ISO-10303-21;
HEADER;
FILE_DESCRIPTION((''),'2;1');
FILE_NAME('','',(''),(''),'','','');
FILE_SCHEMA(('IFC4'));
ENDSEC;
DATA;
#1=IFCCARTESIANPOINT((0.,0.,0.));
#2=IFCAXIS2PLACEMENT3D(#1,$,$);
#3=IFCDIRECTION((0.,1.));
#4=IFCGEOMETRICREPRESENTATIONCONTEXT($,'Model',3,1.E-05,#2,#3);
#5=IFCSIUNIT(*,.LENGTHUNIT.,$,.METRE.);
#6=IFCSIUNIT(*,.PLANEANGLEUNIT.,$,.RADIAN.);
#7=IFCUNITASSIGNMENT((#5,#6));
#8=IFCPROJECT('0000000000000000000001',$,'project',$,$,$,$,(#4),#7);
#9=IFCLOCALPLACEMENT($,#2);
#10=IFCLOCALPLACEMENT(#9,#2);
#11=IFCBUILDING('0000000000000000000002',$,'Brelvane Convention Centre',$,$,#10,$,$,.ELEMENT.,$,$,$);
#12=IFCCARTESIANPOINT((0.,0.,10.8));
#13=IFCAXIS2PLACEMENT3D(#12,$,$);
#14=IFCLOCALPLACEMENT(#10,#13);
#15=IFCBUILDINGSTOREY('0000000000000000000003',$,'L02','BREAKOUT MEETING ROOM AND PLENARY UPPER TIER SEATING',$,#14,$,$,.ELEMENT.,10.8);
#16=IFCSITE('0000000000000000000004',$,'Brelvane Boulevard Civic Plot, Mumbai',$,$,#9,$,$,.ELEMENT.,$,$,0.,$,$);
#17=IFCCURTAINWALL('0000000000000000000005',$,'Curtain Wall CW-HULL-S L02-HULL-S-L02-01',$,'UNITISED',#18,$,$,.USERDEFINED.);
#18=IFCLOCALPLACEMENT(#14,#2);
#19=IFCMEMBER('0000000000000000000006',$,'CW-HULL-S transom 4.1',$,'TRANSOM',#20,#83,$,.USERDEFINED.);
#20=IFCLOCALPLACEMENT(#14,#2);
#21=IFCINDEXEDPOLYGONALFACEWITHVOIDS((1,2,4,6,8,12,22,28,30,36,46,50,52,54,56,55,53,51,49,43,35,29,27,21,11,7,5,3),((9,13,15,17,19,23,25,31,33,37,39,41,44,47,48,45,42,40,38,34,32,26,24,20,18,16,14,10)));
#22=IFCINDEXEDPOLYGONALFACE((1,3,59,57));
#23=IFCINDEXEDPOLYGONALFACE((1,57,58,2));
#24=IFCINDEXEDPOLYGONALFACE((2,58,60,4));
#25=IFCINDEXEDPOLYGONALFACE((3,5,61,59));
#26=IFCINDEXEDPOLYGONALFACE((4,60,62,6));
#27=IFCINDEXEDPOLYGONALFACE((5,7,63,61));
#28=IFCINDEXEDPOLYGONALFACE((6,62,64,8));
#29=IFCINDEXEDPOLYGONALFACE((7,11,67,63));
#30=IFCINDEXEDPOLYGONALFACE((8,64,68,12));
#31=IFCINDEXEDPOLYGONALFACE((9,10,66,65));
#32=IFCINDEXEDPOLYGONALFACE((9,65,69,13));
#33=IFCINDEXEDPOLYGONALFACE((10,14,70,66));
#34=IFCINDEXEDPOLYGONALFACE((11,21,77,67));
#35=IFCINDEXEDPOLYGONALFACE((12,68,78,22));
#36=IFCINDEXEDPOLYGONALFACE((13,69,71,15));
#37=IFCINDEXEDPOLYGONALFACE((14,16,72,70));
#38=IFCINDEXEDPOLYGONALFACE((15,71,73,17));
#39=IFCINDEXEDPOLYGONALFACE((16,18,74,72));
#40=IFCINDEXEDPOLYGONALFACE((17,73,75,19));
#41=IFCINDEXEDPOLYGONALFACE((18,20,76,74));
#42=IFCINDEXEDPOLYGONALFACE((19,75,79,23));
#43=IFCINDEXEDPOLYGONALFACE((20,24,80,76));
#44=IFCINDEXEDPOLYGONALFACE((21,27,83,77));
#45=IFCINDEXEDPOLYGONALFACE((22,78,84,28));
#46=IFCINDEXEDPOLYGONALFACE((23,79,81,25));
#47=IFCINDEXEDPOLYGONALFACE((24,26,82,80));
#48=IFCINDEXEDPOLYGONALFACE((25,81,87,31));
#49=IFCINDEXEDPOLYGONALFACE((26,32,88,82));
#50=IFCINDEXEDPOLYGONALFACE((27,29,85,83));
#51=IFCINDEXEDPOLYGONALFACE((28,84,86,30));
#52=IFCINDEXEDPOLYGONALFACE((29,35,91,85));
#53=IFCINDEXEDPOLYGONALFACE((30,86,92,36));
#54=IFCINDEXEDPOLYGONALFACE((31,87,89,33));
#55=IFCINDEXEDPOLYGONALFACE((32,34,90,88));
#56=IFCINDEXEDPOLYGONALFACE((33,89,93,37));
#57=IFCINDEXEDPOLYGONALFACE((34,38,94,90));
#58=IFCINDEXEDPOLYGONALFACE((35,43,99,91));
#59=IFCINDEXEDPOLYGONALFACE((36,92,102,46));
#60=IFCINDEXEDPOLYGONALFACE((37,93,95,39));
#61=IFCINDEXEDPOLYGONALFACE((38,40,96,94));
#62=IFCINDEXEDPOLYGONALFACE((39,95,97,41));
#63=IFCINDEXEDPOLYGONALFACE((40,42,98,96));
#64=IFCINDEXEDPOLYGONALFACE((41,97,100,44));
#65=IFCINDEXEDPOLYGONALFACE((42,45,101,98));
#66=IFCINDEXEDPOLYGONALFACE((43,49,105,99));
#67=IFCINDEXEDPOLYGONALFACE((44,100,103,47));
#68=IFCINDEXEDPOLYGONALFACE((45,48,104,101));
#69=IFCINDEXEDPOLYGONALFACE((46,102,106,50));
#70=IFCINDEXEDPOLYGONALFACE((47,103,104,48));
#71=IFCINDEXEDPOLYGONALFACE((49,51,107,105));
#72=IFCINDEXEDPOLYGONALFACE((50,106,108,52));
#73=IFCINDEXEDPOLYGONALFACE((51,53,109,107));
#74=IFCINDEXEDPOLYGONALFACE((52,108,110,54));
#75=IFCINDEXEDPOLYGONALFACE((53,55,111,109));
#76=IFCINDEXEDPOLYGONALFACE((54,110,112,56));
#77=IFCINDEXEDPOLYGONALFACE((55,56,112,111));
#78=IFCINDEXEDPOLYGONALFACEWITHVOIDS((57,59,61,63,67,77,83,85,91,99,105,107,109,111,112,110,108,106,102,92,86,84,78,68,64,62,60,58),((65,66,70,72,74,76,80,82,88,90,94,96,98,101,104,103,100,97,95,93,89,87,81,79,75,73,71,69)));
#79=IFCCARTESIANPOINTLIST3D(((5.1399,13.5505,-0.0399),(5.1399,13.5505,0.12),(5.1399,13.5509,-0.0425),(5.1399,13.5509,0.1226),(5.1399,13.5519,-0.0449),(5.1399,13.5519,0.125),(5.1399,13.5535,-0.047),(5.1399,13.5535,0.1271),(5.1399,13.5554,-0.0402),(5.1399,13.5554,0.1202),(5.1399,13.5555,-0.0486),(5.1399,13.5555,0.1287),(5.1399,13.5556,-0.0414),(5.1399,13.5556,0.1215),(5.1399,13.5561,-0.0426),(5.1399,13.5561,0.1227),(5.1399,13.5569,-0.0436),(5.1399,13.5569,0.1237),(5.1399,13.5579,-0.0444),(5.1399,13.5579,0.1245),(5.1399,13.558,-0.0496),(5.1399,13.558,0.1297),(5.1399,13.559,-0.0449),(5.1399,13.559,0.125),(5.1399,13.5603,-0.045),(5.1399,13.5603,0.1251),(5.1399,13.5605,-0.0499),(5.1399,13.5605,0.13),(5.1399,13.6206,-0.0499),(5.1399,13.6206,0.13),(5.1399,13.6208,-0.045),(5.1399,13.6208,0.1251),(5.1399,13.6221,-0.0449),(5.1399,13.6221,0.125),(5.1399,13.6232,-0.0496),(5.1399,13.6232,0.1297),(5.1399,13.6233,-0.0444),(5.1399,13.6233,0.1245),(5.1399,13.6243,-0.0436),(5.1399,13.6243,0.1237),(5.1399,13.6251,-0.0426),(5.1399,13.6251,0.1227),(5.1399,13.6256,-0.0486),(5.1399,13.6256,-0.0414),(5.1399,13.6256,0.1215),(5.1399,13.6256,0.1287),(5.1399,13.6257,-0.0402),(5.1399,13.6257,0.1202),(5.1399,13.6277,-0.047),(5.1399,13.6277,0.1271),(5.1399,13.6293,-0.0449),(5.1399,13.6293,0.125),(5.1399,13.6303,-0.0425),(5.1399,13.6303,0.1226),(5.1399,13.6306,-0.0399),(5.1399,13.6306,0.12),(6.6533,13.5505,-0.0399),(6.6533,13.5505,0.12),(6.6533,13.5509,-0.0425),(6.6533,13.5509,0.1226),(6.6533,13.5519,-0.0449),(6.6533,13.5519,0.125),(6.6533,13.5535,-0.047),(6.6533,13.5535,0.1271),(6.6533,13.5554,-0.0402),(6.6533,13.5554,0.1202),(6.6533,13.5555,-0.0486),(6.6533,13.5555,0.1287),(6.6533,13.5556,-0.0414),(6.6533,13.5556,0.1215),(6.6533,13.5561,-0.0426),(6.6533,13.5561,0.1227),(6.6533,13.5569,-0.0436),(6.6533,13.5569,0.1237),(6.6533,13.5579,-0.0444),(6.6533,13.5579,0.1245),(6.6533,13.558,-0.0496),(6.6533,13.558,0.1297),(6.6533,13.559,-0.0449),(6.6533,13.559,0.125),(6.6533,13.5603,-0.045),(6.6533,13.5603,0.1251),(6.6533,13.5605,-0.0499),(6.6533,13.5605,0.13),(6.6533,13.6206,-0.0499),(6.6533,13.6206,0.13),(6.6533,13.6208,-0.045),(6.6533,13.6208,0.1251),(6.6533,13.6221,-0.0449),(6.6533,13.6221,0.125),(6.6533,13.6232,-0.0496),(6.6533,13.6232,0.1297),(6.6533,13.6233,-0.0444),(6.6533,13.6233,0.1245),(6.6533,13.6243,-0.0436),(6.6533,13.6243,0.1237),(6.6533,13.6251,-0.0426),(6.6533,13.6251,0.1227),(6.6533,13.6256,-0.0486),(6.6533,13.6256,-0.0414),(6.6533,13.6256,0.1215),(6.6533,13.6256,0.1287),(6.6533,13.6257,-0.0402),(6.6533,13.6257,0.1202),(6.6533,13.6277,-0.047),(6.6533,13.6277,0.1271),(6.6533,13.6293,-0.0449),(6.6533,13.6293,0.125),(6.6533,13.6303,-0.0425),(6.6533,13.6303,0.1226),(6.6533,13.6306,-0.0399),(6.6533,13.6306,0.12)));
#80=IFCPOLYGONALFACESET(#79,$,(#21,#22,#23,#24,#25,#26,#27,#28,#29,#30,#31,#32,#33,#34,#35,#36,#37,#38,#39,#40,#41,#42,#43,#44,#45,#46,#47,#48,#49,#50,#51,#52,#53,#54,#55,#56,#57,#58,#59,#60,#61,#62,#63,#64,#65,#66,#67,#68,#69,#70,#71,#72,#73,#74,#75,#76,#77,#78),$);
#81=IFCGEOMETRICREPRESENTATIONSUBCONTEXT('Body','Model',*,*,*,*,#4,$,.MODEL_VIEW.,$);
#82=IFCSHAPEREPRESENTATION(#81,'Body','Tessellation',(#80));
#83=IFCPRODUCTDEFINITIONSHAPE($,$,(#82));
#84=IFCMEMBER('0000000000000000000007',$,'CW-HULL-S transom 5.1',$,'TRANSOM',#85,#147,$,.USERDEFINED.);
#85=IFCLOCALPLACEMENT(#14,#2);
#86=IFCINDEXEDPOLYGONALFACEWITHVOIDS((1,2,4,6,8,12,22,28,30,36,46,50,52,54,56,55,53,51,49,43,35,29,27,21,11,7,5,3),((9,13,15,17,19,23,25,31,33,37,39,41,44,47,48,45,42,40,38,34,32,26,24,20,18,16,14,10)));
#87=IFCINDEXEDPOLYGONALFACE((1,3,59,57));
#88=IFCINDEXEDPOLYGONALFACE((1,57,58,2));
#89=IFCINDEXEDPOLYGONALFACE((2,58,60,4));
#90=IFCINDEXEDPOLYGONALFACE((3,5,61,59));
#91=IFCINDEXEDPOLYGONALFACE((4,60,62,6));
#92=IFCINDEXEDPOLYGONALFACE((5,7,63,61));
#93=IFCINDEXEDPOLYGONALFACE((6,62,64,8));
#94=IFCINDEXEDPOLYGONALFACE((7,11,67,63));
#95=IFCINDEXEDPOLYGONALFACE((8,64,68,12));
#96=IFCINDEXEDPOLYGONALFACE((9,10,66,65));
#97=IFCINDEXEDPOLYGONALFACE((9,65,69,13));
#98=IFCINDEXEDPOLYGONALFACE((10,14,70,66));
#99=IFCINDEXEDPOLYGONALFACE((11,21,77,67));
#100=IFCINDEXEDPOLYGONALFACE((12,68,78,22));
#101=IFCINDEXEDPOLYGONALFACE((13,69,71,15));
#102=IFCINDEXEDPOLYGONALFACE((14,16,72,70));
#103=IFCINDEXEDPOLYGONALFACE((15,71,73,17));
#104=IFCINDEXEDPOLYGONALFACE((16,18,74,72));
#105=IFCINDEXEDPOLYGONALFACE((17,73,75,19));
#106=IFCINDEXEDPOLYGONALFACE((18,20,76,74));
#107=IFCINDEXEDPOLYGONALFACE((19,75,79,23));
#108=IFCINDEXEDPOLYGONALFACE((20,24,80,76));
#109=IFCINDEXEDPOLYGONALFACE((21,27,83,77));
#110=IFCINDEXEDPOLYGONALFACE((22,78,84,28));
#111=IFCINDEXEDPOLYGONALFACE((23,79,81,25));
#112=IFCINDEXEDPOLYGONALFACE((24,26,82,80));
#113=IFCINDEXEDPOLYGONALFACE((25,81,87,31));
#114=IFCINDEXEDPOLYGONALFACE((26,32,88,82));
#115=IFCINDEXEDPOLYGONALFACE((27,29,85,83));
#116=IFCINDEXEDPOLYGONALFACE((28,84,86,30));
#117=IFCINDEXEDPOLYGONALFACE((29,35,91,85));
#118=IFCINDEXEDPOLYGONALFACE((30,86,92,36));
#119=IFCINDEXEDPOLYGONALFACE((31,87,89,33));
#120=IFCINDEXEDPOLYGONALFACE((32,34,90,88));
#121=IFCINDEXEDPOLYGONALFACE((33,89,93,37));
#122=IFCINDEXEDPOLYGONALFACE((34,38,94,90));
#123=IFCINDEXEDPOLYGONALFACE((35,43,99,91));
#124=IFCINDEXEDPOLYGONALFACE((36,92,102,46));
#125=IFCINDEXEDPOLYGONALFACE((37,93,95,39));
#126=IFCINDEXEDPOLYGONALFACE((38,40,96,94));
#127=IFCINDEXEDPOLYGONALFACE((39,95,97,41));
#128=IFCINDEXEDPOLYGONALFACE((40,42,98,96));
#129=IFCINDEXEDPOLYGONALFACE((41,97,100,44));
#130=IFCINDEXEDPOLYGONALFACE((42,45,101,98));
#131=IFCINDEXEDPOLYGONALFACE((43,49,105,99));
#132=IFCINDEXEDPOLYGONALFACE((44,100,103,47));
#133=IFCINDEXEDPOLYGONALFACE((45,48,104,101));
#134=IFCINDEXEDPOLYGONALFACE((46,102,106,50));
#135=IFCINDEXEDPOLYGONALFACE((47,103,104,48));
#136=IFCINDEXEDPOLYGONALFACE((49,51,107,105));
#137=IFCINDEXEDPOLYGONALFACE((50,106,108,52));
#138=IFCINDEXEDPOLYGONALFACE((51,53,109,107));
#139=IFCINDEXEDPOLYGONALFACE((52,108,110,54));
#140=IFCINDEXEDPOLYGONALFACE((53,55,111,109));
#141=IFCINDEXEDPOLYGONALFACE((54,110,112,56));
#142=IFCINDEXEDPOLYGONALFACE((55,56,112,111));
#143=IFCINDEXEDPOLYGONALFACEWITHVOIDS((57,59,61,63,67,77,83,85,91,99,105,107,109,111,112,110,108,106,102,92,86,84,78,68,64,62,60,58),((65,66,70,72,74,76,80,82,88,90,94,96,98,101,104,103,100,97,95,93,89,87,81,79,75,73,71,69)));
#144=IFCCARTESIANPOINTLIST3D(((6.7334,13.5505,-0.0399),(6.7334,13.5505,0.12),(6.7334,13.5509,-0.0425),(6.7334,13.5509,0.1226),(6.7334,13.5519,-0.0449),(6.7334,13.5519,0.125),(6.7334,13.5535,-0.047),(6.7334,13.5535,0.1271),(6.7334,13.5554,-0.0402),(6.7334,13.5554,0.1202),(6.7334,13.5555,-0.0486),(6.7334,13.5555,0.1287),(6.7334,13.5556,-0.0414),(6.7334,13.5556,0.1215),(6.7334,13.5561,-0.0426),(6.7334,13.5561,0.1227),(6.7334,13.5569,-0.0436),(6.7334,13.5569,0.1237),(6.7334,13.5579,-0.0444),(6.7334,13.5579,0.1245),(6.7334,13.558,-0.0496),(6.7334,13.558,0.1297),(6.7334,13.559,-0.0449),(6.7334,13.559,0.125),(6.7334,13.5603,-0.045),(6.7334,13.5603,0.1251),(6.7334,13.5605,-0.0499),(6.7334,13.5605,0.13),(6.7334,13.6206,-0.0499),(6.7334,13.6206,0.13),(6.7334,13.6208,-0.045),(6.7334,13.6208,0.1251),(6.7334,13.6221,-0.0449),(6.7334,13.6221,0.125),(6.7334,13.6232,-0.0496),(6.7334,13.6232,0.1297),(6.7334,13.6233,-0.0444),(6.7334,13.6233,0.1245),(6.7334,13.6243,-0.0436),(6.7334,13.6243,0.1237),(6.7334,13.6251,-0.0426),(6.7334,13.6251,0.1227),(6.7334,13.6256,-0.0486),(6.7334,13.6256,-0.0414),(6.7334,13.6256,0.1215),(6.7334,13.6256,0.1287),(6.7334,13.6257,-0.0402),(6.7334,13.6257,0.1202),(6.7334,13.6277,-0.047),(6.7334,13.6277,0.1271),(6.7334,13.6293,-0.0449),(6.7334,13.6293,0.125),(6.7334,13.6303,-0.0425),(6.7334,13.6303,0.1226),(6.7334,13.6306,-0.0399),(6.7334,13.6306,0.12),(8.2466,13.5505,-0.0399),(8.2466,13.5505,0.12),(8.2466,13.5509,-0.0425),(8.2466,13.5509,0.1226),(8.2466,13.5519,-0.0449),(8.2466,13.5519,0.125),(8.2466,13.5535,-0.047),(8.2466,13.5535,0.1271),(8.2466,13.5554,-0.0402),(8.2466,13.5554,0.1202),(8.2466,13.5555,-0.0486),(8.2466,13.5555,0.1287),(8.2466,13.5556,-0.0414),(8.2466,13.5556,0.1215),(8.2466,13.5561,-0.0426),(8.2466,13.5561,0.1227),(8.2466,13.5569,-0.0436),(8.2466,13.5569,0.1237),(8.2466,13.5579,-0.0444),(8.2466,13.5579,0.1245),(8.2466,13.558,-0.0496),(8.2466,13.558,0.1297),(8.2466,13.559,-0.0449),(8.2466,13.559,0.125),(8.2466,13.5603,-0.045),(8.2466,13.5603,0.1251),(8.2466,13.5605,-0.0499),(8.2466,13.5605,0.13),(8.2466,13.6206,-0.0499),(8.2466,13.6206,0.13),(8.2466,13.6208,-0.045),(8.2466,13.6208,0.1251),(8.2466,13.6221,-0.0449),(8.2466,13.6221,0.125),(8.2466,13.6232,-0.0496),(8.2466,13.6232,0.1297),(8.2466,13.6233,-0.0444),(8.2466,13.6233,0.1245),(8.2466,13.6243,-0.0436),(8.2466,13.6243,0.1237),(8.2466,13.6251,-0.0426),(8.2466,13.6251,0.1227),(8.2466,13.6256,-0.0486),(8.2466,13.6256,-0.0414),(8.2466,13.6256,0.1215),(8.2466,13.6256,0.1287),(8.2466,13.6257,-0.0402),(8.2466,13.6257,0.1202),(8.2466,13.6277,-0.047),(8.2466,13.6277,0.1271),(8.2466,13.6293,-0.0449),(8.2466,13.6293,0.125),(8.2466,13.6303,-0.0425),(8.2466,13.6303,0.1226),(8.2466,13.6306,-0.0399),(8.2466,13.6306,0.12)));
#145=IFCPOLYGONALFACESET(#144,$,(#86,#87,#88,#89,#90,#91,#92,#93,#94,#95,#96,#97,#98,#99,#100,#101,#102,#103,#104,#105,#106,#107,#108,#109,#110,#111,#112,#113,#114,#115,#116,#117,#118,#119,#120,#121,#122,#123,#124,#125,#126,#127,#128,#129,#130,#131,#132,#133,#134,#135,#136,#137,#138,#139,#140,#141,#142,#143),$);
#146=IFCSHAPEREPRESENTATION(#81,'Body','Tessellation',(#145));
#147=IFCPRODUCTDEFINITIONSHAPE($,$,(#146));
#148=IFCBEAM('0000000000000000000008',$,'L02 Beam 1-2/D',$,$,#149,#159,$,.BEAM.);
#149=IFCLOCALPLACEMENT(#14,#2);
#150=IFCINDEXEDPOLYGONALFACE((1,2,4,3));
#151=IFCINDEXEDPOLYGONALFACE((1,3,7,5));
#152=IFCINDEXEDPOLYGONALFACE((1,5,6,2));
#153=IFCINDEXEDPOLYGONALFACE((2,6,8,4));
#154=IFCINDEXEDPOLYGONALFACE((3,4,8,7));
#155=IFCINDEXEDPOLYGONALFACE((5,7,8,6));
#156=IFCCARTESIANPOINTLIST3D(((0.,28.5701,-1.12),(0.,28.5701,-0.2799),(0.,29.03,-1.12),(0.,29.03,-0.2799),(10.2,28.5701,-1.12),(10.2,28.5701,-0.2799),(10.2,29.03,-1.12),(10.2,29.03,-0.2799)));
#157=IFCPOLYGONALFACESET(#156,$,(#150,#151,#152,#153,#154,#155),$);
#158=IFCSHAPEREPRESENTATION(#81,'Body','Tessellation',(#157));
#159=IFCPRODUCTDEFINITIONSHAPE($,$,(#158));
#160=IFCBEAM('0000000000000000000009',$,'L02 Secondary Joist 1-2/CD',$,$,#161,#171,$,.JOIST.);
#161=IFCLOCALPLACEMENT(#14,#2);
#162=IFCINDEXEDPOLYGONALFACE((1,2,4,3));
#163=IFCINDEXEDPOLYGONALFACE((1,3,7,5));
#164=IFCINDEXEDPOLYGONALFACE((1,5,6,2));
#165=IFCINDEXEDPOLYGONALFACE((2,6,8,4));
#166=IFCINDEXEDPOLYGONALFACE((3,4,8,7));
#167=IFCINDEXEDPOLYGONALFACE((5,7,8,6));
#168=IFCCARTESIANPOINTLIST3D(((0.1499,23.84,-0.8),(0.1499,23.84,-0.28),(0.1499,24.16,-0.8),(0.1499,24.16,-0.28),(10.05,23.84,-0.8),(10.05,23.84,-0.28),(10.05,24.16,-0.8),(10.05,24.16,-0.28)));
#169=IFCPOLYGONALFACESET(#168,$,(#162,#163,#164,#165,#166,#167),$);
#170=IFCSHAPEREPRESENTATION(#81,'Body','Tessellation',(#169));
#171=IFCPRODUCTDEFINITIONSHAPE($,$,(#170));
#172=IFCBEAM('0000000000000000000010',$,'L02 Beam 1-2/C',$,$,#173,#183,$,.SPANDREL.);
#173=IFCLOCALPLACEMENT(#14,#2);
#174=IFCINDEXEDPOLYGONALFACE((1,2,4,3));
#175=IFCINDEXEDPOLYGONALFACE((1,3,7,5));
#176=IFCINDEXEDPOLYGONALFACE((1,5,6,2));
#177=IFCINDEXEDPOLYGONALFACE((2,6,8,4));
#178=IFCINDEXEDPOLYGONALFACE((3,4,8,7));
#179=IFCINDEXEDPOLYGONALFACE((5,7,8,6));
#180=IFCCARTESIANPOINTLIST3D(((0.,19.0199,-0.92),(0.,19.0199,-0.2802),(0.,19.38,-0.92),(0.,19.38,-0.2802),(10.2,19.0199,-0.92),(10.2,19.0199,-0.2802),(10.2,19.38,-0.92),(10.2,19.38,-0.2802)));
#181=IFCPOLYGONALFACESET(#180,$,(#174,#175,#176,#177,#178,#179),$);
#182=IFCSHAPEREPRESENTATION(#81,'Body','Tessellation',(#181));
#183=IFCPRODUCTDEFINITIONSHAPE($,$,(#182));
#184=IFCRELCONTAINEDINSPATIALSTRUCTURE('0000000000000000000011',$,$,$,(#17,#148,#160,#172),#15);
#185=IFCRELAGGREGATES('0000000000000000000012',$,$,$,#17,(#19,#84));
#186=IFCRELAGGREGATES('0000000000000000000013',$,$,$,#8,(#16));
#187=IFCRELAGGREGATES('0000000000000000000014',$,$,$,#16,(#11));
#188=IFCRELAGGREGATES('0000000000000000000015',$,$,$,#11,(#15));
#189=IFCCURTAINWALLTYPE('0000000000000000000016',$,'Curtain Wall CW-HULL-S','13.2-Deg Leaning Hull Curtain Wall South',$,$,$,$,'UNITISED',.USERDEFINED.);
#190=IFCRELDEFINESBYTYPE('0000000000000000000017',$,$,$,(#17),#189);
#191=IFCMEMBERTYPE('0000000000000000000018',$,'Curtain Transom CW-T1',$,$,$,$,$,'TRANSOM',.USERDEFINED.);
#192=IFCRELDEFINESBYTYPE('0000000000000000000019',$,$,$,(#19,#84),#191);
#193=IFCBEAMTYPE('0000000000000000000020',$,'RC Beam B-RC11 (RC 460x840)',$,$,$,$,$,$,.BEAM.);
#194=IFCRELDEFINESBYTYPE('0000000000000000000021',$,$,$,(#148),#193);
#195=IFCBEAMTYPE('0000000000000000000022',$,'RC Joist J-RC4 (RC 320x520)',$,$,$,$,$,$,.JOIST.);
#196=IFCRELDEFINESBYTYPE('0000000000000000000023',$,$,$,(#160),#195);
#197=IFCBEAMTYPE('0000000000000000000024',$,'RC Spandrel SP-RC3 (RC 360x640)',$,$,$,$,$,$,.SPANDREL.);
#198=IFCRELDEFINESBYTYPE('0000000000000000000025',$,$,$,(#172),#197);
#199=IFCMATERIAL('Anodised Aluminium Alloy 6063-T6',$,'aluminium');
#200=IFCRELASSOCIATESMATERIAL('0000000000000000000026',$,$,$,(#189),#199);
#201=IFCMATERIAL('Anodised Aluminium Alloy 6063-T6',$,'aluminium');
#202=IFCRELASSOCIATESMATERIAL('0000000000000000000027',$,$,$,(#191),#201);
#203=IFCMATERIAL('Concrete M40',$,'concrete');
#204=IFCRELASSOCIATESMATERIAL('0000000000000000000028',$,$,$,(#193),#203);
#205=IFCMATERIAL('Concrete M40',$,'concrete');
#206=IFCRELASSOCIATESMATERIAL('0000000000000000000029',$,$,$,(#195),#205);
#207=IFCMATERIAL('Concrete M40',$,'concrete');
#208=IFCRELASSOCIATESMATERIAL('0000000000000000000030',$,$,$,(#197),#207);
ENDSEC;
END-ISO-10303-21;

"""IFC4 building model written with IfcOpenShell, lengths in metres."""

from ifc_helpers import new_model, si_unit, direction, frame, origin, origin_2d, place, context, subcontext, project, spatial, rectangle, hollow_rectangle, extrude, material, material_profile, profile_set, type_object, element, aggregate, save


model = new_model("IFC4")

# Units and contexts
model_context = context("Model", 3, precision=1e-05, world=origin(), true_north=direction((0.0, 1.0)))
body_context = subcontext(model_context, "Body", "Model", "MODEL_VIEW")
ifc_project = project(units=[si_unit("LENGTHUNIT", "METRE"), si_unit("PLANEANGLEUNIT", "RADIAN")], contexts=[model_context])

# Site, building, storey
site_placement = place(None, origin())
site = spatial("IfcSite", under=ifc_project, at=site_placement, Name="Brelvane Boulevard Civic Plot, Mumbai", CompositionType="ELEMENT", RefElevation=0.0)
building_placement = place(site_placement, origin())
building = spatial("IfcBuilding", under=site, at=building_placement, Name="Brelvane Convention Centre", CompositionType="ELEMENT")
storey_placement = place(building_placement, frame((0.0, 0.0, 10.8)))
storey = spatial("IfcBuildingStorey", under=building, at=storey_placement, Name="L02", Description="BREAKOUT MEETING ROOM AND PLENARY UPPER TIER SEATING", CompositionType="ELEMENT", Elevation=10.8)

# Curtain wall
ifc_material_1 = material(Name="Anodised Aluminium Alloy 6063-T6", Category="aluminium")
curtain_wall_type = type_object("IfcCurtainWallType", Name="Curtain Wall CW-HULL-S", Description="13.2-Deg Leaning Hull Curtain Wall South", ElementType="UNITISED", PredefinedType="USERDEFINED", material=ifc_material_1)
curtain_wall_1_placement = place(storey_placement, origin())
curtain_wall_1 = element("IfcCurtainWall", 1, at=curtain_wall_1_placement, inside=storey, type_object=curtain_wall_type, Name="Curtain Wall CW-HULL-S L02-HULL-S-L02-01", ObjectType="UNITISED", PredefinedType="USERDEFINED")

# Members
ifc_material_2 = material(Name="Anodised Aluminium Alloy 6063-T6", Category="aluminium")
ifc_material_profile_1 = material_profile(ifc_material_2, hollow_rectangle(XDim=0.0801, YDim=0.1799, WallThickness=0.0049, InnerFilletRadius=0.0049, OuterFilletRadius=0.01, at=origin_2d()), Name="ALU-T 180x80x5.0")
ifc_profile_set_1 = profile_set([ifc_material_profile_1], Name="Anodised Aluminium Alloy 6063-T6")
member_type_1 = type_object("IfcMemberType", Name="Curtain Transom CW-T1", ElementType="TRANSOM", PredefinedType="USERDEFINED", material=ifc_profile_set_1)
member_1_placement = place(storey_placement, frame((5.1399, 13.5906, 0.04), z_axis=(1.0, 0.0, 0.0), x_axis=(0.0, 1.0, 0.0)))
member_1 = element("IfcMember", 2, at=member_1_placement, type_object=member_type_1, Name="CW-HULL-S transom 4.1", ObjectType="TRANSOM", PredefinedType="USERDEFINED", context=body_context, shape_type="SweptSolid", body=[
    extrude(hollow_rectangle(XDim=0.0801, YDim=0.1799, WallThickness=0.0049, InnerFilletRadius=0.0049, OuterFilletRadius=0.01, at=origin_2d()), origin(), (0.0, 0.0, 1.0), 1.5134),
])
member_2_placement = place(storey_placement, frame((6.7334, 13.5906, 0.04), z_axis=(1.0, 0.0, 0.0), x_axis=(0.0, 1.0, 0.0)))
member_2 = element("IfcMember", 3, at=member_2_placement, type_object=member_type_1, Name="CW-HULL-S transom 5.1", ObjectType="TRANSOM", PredefinedType="USERDEFINED", context=body_context, shape_type="SweptSolid", body=[
    extrude(hollow_rectangle(XDim=0.0801, YDim=0.1799, WallThickness=0.0049, InnerFilletRadius=0.0049, OuterFilletRadius=0.01, at=origin_2d()), origin(), (0.0, 0.0, 1.0), 1.5132),
])

# Beams
ifc_material_3 = material(Name="Concrete M40", Category="concrete")
ifc_material_profile_2 = material_profile(ifc_material_3, rectangle(XDim=0.46, YDim=0.8401, at=origin_2d()), Name="RC 460x840")
ifc_profile_set_2 = profile_set([ifc_material_profile_2], Name="Concrete M40")
beam_type_1 = type_object("IfcBeamType", Name="RC Beam B-RC11 (RC 460x840)", PredefinedType="BEAM", material=ifc_profile_set_2)
beam_1_placement = place(storey_placement, frame((0.0, 28.8, -0.7), z_axis=(1.0, 0.0, 0.0), x_axis=(0.0, 1.0, 0.0)))
element("IfcBeam", 4, at=beam_1_placement, inside=storey, type_object=beam_type_1, Name="L02 Beam 1-2/D", PredefinedType="BEAM", context=body_context, shape_type="SweptSolid", body=[
    extrude(rectangle(XDim=0.46, YDim=0.8401, at=origin_2d()), origin(), (0.0, 0.0, 1.0), 10.2),
])
ifc_material_4 = material(Name="Concrete M40", Category="concrete")
ifc_material_profile_3 = material_profile(ifc_material_4, rectangle(XDim=0.3201, YDim=0.52, at=origin_2d()), Name="RC 320x520")
ifc_profile_set_3 = profile_set([ifc_material_profile_3], Name="Concrete M40")
beam_type_2 = type_object("IfcBeamType", Name="RC Joist J-RC4 (RC 320x520)", PredefinedType="JOIST", material=ifc_profile_set_3)
beam_2_placement = place(storey_placement, frame((0.1499, 24.0, -0.54), z_axis=(1.0, 0.0, 0.0), x_axis=(0.0, 1.0, 0.0)))
element("IfcBeam", 5, at=beam_2_placement, inside=storey, type_object=beam_type_2, Name="L02 Secondary Joist 1-2/CD", PredefinedType="JOIST", context=body_context, shape_type="SweptSolid", body=[
    extrude(rectangle(XDim=0.3201, YDim=0.52, at=origin_2d()), origin(), (0.0, 0.0, 1.0), 9.9001),
])
ifc_material_5 = material(Name="Concrete M40", Category="concrete")
ifc_material_profile_4 = material_profile(ifc_material_5, rectangle(XDim=0.3601, YDim=0.6399, at=origin_2d()), Name="RC 360x640")
ifc_profile_set_4 = profile_set([ifc_material_profile_4], Name="Concrete M40")
beam_type_3 = type_object("IfcBeamType", Name="RC Spandrel SP-RC3 (RC 360x640)", PredefinedType="SPANDREL", material=ifc_profile_set_4)
beam_3_placement = place(storey_placement, frame((0.0, 19.2, -0.6001), z_axis=(1.0, 0.0, 0.0), x_axis=(0.0, 1.0, 0.0)))
element("IfcBeam", 6, at=beam_3_placement, inside=storey, type_object=beam_type_3, Name="L02 Beam 1-2/C", PredefinedType="SPANDREL", context=body_context, shape_type="SweptSolid", body=[
    extrude(rectangle(XDim=0.3601, YDim=0.6399, at=origin_2d()), origin(), (0.0, 0.0, 1.0), 10.2),
])

aggregate(curtain_wall_1, [member_1, member_2])

save(model, "model.ifc")
